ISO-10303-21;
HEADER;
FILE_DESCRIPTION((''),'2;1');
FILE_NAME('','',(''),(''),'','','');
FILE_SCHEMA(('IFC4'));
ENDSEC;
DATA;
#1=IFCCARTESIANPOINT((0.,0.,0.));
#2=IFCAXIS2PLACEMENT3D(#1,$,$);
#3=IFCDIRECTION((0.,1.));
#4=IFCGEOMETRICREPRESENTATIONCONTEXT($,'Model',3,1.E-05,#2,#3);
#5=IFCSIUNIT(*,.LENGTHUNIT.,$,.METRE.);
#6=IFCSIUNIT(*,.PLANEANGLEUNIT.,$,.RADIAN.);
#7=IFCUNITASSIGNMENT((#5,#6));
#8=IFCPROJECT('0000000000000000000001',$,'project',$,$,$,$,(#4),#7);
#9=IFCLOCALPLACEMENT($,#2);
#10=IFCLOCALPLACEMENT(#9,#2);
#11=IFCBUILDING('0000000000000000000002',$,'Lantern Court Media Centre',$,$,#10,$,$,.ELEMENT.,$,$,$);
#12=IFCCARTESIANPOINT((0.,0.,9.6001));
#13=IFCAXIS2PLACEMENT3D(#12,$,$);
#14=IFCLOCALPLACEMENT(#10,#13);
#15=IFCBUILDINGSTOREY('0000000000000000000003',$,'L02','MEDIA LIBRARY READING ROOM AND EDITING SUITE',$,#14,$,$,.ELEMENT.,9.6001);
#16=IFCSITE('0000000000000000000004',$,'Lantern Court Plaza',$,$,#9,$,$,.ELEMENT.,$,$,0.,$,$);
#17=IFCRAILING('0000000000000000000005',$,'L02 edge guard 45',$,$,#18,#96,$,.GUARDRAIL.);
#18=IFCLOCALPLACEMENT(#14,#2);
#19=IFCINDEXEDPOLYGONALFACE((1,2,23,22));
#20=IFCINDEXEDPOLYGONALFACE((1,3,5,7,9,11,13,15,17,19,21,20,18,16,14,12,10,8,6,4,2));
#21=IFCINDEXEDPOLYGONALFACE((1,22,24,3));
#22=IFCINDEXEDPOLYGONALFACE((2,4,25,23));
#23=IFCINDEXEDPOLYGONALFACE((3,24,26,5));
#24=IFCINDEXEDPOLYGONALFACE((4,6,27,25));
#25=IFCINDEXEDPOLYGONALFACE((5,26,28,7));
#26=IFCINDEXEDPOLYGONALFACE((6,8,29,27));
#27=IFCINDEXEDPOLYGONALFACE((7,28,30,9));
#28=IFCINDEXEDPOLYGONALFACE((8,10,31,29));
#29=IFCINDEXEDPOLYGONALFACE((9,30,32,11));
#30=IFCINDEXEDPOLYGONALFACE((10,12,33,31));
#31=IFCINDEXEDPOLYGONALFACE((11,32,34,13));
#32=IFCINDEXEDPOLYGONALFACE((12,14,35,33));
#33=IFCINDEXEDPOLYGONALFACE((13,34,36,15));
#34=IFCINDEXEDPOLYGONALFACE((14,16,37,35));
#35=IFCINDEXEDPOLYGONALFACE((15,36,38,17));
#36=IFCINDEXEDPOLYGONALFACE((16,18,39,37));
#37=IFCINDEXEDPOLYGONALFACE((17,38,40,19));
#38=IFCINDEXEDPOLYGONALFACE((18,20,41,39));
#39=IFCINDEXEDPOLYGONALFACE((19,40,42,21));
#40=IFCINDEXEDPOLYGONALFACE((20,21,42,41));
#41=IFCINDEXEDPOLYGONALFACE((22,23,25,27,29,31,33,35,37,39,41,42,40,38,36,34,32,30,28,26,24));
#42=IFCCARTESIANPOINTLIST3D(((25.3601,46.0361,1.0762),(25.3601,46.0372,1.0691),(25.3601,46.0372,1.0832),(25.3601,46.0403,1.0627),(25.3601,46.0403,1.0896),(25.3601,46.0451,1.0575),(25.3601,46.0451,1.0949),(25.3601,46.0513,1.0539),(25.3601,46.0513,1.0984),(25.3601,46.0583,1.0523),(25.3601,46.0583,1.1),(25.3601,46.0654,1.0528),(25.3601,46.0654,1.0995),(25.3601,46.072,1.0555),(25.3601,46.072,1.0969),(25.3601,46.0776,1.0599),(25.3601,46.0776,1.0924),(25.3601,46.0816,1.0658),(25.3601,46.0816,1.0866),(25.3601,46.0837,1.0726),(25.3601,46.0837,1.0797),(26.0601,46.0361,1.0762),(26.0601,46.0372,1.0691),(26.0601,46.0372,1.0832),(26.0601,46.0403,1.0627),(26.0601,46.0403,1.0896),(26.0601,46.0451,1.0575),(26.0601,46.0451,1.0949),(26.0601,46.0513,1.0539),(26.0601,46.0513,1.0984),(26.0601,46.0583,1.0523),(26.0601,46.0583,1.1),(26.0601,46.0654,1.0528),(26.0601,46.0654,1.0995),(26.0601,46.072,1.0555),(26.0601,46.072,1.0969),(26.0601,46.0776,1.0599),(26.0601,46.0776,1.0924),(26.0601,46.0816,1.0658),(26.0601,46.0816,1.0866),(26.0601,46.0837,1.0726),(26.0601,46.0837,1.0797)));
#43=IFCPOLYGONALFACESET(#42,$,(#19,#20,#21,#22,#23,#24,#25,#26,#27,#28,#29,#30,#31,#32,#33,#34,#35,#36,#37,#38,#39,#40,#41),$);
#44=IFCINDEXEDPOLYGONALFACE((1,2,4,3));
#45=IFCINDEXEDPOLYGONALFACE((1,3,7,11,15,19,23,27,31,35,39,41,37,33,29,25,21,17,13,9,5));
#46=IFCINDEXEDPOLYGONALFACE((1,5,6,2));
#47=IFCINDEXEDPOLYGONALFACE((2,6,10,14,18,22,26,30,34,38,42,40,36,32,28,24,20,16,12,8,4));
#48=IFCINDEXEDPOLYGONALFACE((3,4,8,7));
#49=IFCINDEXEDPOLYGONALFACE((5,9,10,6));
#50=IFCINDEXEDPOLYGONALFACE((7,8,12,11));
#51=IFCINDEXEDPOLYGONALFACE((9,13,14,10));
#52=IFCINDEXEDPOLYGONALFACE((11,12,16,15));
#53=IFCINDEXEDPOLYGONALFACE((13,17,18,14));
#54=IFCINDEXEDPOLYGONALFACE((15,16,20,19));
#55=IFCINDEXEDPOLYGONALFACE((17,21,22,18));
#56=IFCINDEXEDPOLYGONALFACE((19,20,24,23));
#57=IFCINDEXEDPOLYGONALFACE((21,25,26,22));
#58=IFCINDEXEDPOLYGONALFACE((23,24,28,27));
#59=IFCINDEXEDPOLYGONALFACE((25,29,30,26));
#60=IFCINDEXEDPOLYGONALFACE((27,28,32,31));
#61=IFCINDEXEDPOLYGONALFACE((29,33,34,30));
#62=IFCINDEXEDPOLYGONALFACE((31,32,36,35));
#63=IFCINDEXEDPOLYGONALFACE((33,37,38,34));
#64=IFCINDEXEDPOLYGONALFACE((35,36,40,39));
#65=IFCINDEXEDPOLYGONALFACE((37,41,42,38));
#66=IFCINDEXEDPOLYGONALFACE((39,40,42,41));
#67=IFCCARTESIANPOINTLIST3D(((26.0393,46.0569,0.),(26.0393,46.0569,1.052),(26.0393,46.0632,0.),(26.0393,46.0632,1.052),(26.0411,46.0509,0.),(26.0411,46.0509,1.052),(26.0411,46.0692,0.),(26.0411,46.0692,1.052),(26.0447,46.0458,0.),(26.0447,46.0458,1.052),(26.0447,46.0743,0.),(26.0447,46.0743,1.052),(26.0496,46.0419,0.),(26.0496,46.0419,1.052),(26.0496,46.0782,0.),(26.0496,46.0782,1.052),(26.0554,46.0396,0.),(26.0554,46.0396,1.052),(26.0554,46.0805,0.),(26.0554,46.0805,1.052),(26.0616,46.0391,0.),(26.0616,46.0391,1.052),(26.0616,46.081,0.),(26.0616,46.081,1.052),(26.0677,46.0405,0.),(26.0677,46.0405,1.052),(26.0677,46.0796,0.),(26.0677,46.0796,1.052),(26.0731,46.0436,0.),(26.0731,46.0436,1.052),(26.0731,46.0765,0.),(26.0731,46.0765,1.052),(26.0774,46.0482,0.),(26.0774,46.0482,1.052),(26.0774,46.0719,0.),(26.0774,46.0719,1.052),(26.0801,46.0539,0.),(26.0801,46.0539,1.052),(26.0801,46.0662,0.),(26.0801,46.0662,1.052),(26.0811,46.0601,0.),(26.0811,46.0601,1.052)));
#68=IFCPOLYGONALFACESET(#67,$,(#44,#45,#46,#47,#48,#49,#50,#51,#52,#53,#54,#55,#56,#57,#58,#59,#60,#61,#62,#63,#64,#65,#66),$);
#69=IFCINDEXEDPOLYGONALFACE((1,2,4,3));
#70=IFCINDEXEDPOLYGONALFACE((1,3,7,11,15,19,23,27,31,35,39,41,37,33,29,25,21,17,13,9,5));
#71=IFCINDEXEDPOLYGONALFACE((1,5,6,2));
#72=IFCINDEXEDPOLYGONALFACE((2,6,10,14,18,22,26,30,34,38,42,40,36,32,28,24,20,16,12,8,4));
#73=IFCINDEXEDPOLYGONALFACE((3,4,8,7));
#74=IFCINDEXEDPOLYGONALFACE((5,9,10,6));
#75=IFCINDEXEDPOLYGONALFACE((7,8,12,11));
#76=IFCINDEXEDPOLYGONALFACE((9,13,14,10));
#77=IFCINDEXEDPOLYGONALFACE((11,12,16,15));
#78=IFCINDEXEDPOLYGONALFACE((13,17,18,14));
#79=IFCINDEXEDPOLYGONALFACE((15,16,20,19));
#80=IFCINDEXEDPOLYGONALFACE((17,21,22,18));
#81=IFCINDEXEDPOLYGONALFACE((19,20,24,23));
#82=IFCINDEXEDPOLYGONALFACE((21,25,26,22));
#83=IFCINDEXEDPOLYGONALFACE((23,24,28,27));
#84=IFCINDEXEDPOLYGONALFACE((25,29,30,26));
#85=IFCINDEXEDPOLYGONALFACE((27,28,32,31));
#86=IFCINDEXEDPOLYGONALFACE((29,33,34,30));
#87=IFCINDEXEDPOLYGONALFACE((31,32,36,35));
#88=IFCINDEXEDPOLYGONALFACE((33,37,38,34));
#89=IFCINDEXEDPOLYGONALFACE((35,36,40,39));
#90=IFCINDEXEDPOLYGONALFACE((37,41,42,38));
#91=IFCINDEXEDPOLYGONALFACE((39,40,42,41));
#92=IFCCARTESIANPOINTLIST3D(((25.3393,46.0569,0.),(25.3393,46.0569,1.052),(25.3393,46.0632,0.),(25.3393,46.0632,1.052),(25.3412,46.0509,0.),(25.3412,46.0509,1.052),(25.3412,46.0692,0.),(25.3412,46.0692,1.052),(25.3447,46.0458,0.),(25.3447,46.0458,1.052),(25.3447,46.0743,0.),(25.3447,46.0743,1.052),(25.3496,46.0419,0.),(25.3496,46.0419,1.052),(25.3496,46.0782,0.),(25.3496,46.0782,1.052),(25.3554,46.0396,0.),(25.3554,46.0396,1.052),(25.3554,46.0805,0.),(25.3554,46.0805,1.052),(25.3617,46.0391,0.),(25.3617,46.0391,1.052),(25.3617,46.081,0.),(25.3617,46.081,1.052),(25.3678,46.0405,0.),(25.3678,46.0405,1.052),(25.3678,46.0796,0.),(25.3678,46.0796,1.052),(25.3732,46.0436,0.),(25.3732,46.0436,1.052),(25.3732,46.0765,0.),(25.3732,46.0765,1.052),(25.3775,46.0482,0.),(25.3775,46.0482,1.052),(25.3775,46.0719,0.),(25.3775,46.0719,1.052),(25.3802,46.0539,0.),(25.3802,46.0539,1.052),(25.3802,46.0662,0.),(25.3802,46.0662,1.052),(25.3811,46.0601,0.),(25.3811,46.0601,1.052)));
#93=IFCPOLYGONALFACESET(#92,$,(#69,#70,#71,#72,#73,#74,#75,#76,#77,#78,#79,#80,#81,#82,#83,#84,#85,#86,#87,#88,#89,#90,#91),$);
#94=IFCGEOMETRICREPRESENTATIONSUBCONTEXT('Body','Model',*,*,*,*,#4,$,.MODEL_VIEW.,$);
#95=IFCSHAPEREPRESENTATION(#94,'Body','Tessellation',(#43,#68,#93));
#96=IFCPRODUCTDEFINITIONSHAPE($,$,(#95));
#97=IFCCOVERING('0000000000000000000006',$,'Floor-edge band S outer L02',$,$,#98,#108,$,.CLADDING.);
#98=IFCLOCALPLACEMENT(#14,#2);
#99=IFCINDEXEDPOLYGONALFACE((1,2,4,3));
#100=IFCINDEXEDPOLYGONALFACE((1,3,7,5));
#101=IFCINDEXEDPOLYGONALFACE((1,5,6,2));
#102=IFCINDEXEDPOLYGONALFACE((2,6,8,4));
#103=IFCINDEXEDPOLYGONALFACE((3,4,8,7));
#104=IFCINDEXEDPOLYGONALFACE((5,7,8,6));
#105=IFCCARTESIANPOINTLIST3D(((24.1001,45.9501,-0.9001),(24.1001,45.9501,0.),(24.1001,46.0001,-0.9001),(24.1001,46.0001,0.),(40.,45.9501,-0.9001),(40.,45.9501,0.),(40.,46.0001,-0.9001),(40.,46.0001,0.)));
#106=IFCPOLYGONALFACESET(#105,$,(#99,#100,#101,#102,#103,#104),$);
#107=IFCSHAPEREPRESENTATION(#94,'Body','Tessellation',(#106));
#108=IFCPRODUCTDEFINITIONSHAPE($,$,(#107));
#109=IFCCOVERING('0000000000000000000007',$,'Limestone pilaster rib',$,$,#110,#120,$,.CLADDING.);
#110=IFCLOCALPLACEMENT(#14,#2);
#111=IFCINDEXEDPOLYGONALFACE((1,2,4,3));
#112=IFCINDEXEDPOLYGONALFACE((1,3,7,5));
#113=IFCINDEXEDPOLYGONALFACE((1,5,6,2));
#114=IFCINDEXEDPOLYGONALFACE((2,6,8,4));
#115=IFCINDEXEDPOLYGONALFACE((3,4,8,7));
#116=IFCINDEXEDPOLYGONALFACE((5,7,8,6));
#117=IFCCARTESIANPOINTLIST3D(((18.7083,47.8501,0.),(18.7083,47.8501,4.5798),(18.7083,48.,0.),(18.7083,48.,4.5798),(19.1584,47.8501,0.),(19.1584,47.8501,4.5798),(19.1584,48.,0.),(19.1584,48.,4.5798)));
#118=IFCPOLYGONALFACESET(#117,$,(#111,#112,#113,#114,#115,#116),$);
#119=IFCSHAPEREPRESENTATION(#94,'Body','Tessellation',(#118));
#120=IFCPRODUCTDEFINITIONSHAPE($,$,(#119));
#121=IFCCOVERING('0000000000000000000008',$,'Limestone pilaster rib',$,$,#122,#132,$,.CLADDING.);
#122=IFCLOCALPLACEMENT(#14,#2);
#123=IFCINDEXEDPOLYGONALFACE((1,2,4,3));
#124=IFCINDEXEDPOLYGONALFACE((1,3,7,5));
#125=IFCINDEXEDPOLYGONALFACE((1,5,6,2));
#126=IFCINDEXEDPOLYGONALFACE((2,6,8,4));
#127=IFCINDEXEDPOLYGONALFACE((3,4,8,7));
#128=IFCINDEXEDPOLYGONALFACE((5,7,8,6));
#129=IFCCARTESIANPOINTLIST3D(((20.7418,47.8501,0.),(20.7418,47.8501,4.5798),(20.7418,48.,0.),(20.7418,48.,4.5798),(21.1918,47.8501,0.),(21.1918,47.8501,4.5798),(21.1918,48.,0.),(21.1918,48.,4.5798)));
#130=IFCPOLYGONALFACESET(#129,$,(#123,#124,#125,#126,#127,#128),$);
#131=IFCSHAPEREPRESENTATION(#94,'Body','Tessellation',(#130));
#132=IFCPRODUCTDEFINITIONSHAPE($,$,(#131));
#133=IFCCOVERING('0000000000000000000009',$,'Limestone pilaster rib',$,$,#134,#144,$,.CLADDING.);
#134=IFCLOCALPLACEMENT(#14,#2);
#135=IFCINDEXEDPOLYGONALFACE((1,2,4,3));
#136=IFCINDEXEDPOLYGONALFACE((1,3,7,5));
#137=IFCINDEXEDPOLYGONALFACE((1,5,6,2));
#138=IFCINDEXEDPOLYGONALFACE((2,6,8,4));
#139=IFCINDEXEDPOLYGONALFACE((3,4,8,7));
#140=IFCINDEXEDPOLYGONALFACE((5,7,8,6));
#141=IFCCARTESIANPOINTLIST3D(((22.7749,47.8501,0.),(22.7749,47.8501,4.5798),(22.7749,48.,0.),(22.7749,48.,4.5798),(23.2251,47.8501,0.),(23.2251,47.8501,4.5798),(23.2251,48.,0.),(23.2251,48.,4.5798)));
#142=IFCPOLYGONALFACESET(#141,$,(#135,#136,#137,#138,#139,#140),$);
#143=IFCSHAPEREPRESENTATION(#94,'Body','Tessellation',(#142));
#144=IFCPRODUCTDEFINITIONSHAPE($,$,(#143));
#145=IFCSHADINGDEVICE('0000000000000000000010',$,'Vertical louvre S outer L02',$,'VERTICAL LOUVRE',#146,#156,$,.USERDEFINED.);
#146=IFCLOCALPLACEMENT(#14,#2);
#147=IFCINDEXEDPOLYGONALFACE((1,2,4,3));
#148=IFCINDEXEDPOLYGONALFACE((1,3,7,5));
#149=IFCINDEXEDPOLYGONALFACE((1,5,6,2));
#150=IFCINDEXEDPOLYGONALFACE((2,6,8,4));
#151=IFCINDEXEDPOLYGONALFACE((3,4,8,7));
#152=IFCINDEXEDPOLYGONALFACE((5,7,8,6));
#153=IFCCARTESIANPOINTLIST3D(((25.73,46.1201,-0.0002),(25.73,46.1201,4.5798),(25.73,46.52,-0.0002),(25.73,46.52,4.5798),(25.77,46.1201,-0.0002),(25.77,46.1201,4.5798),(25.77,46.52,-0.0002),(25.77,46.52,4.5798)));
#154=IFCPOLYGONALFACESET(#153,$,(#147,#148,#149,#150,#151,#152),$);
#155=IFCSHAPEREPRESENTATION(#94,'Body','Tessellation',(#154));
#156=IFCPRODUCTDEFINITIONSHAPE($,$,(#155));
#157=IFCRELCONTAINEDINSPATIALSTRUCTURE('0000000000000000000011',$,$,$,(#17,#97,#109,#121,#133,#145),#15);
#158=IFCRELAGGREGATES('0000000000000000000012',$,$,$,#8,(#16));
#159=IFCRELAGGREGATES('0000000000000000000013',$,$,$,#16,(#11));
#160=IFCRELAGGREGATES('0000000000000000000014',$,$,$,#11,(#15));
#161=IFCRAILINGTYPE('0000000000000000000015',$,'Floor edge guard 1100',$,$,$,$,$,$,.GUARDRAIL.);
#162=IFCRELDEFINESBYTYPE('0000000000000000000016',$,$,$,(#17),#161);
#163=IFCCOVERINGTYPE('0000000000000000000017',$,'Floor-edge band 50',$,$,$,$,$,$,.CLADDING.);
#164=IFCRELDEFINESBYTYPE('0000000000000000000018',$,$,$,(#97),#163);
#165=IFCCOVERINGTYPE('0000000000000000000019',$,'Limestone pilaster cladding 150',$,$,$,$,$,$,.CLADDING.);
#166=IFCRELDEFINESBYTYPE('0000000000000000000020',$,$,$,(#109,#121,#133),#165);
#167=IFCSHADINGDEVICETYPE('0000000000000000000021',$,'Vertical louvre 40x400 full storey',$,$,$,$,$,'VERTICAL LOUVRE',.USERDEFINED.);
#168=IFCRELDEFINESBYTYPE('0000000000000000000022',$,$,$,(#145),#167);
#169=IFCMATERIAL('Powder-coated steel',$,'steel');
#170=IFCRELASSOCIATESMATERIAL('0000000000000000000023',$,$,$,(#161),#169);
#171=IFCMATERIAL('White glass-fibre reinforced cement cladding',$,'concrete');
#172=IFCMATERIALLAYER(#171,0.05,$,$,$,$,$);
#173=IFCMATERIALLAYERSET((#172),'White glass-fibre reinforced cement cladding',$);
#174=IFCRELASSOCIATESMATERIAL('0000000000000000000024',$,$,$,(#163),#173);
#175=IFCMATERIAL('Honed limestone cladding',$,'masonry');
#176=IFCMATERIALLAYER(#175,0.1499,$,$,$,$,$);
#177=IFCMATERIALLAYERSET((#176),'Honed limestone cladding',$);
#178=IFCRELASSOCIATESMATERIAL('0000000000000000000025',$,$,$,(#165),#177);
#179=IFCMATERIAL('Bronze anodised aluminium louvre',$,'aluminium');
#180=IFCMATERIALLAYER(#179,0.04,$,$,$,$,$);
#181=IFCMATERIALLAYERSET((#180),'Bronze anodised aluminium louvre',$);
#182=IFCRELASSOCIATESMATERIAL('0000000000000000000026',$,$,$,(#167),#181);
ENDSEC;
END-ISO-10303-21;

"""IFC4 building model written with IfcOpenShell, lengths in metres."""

from ifc_helpers import new_model, si_unit, direction, frame, frame_2d, origin, origin_2d, place, context, subcontext, project, spatial, rectangle, circle, extrude, material, layer, layer_set, type_object, element, save


model = new_model("IFC4")

# Units and contexts
model_context = context("Model", 3, precision=1e-05, world=origin(), true_north=direction((0.0, 1.0)))
body_context = subcontext(model_context, "Body", "Model", "MODEL_VIEW")
ifc_project = project(units=[si_unit("LENGTHUNIT", "METRE"), si_unit("PLANEANGLEUNIT", "RADIAN")], contexts=[model_context])

# Site, building, storey
site_placement = place(None, origin())
site = spatial("IfcSite", under=ifc_project, at=site_placement, Name="Lantern Court Plaza", CompositionType="ELEMENT", RefElevation=0.0)
building_placement = place(site_placement, origin())
building = spatial("IfcBuilding", under=site, at=building_placement, Name="Lantern Court Media Centre", CompositionType="ELEMENT")
storey_placement = place(building_placement, frame((0.0, 0.0, 9.6001)))
storey = spatial("IfcBuildingStorey", under=building, at=storey_placement, Name="L02", Description="MEDIA LIBRARY READING ROOM AND EDITING SUITE", CompositionType="ELEMENT", Elevation=9.6001)

# Railing
ifc_material_1 = material(Name="Powder-coated steel", Category="steel")
railing_type = type_object("IfcRailingType", Name="Floor edge guard 1100", PredefinedType="GUARDRAIL", material=ifc_material_1)
railing_placement = place(storey_placement, frame((26.0601, 46.0601, 0.0)))
element("IfcRailing", 1, at=railing_placement, inside=storey, type_object=railing_type, Name="L02 edge guard 45", PredefinedType="GUARDRAIL", context=body_context, shape_type="SweptSolid", body=[
    extrude(circle(Radius=0.0239, at=origin_2d()), frame((0.0, 0.0, 1.0762), z_axis=(-1.0, 0.0, 0.0), x_axis=(0.0, -1.0, 0.0)), (0.0, 0.0, 1.0), 0.7),
    extrude(circle(Radius=0.021, at=origin_2d()), origin(), (0.0, 0.0, 1.0), 1.052),
    extrude(circle(Radius=0.021, at=origin_2d()), frame((-0.7, 0.0, 0.0)), (0.0, 0.0, 1.0), 1.052),
])

# Coverings
ifc_material_2 = material(Name="White glass-fibre reinforced cement cladding", Category="concrete")
ifc_layer_1 = layer(ifc_material_2, 0.05)
ifc_layer_set_1 = layer_set([ifc_layer_1], Name="White glass-fibre reinforced cement cladding")
covering_type_1 = type_object("IfcCoveringType", Name="Floor-edge band 50", PredefinedType="CLADDING", material=ifc_layer_set_1)
covering_1_placement = place(storey_placement, frame((24.1001, 45.9751, -0.9001), z_axis=(0.0, 0.0, 1.0), x_axis=(1.0, 0.0, 0.0)))
element("IfcCovering", 2, at=covering_1_placement, inside=storey, type_object=covering_type_1, Name="Floor-edge band S outer L02", PredefinedType="CLADDING", context=body_context, shape_type="SweptSolid", body=[
    extrude(rectangle(XDim=15.8999, YDim=0.05, at=frame_2d((7.95, 0.0))), origin(), (0.0, 0.0, 1.0), 0.9001),
])
ifc_material_3 = material(Name="Honed limestone cladding", Category="masonry")
ifc_layer_2 = layer(ifc_material_3, 0.1499)
ifc_layer_set_2 = layer_set([ifc_layer_2], Name="Honed limestone cladding")
covering_type_2 = type_object("IfcCoveringType", Name="Limestone pilaster cladding 150", PredefinedType="CLADDING", material=ifc_layer_set_2)
covering_2_placement = place(storey_placement, frame((18.7083, 47.925, 0.0), z_axis=(0.0, 0.0, 1.0), x_axis=(1.0, 0.0, 0.0)))
element("IfcCovering", 3, at=covering_2_placement, inside=storey, type_object=covering_type_2, Name="Limestone pilaster rib", PredefinedType="CLADDING", context=body_context, shape_type="SweptSolid", body=[
    extrude(rectangle(XDim=0.4502, YDim=0.1499, at=frame_2d((0.2251, 0.0))), origin(), (0.0, 0.0, 1.0), 4.5798),
])
covering_3_placement = place(storey_placement, frame((20.7417, 47.925, 0.0), z_axis=(0.0, 0.0, 1.0), x_axis=(1.0, 0.0, 0.0)))
element("IfcCovering", 4, at=covering_3_placement, inside=storey, type_object=covering_type_2, Name="Limestone pilaster rib", PredefinedType="CLADDING", context=body_context, shape_type="SweptSolid", body=[
    extrude(rectangle(XDim=0.45, YDim=0.1499, at=frame_2d((0.2251, 0.0))), origin(), (0.0, 0.0, 1.0), 4.5798),
])
covering_4_placement = place(storey_placement, frame((22.7749, 47.925, 0.0), z_axis=(0.0, 0.0, 1.0), x_axis=(1.0, 0.0, 0.0)))
element("IfcCovering", 5, at=covering_4_placement, inside=storey, type_object=covering_type_2, Name="Limestone pilaster rib", PredefinedType="CLADDING", context=body_context, shape_type="SweptSolid", body=[
    extrude(rectangle(XDim=0.4502, YDim=0.1499, at=frame_2d((0.2251, 0.0))), origin(), (0.0, 0.0, 1.0), 4.5798),
])

# Shading device
ifc_material_4 = material(Name="Bronze anodised aluminium louvre", Category="aluminium")
ifc_layer_3 = layer(ifc_material_4, 0.04)
ifc_layer_set_3 = layer_set([ifc_layer_3], Name="Bronze anodised aluminium louvre")
shading_device_type = type_object("IfcShadingDeviceType", Name="Vertical louvre 40x400 full storey", ElementType="VERTICAL LOUVRE", PredefinedType="USERDEFINED", material=ifc_layer_set_3)
shading_device_placement = place(storey_placement, frame((25.75, 46.3201, -0.0002), z_axis=(0.0, 0.0, 1.0), x_axis=(1.0, 0.0, 0.0)))
element("IfcShadingDevice", 6, at=shading_device_placement, inside=storey, type_object=shading_device_type, Name="Vertical louvre S outer L02", ObjectType="VERTICAL LOUVRE", PredefinedType="USERDEFINED", context=body_context, shape_type="SweptSolid", body=[
    extrude(rectangle(XDim=0.04, YDim=0.3999, at=origin_2d()), origin(), (0.0, 0.0, 1.0), 4.5801),
])

save(model, "model.ifc")
